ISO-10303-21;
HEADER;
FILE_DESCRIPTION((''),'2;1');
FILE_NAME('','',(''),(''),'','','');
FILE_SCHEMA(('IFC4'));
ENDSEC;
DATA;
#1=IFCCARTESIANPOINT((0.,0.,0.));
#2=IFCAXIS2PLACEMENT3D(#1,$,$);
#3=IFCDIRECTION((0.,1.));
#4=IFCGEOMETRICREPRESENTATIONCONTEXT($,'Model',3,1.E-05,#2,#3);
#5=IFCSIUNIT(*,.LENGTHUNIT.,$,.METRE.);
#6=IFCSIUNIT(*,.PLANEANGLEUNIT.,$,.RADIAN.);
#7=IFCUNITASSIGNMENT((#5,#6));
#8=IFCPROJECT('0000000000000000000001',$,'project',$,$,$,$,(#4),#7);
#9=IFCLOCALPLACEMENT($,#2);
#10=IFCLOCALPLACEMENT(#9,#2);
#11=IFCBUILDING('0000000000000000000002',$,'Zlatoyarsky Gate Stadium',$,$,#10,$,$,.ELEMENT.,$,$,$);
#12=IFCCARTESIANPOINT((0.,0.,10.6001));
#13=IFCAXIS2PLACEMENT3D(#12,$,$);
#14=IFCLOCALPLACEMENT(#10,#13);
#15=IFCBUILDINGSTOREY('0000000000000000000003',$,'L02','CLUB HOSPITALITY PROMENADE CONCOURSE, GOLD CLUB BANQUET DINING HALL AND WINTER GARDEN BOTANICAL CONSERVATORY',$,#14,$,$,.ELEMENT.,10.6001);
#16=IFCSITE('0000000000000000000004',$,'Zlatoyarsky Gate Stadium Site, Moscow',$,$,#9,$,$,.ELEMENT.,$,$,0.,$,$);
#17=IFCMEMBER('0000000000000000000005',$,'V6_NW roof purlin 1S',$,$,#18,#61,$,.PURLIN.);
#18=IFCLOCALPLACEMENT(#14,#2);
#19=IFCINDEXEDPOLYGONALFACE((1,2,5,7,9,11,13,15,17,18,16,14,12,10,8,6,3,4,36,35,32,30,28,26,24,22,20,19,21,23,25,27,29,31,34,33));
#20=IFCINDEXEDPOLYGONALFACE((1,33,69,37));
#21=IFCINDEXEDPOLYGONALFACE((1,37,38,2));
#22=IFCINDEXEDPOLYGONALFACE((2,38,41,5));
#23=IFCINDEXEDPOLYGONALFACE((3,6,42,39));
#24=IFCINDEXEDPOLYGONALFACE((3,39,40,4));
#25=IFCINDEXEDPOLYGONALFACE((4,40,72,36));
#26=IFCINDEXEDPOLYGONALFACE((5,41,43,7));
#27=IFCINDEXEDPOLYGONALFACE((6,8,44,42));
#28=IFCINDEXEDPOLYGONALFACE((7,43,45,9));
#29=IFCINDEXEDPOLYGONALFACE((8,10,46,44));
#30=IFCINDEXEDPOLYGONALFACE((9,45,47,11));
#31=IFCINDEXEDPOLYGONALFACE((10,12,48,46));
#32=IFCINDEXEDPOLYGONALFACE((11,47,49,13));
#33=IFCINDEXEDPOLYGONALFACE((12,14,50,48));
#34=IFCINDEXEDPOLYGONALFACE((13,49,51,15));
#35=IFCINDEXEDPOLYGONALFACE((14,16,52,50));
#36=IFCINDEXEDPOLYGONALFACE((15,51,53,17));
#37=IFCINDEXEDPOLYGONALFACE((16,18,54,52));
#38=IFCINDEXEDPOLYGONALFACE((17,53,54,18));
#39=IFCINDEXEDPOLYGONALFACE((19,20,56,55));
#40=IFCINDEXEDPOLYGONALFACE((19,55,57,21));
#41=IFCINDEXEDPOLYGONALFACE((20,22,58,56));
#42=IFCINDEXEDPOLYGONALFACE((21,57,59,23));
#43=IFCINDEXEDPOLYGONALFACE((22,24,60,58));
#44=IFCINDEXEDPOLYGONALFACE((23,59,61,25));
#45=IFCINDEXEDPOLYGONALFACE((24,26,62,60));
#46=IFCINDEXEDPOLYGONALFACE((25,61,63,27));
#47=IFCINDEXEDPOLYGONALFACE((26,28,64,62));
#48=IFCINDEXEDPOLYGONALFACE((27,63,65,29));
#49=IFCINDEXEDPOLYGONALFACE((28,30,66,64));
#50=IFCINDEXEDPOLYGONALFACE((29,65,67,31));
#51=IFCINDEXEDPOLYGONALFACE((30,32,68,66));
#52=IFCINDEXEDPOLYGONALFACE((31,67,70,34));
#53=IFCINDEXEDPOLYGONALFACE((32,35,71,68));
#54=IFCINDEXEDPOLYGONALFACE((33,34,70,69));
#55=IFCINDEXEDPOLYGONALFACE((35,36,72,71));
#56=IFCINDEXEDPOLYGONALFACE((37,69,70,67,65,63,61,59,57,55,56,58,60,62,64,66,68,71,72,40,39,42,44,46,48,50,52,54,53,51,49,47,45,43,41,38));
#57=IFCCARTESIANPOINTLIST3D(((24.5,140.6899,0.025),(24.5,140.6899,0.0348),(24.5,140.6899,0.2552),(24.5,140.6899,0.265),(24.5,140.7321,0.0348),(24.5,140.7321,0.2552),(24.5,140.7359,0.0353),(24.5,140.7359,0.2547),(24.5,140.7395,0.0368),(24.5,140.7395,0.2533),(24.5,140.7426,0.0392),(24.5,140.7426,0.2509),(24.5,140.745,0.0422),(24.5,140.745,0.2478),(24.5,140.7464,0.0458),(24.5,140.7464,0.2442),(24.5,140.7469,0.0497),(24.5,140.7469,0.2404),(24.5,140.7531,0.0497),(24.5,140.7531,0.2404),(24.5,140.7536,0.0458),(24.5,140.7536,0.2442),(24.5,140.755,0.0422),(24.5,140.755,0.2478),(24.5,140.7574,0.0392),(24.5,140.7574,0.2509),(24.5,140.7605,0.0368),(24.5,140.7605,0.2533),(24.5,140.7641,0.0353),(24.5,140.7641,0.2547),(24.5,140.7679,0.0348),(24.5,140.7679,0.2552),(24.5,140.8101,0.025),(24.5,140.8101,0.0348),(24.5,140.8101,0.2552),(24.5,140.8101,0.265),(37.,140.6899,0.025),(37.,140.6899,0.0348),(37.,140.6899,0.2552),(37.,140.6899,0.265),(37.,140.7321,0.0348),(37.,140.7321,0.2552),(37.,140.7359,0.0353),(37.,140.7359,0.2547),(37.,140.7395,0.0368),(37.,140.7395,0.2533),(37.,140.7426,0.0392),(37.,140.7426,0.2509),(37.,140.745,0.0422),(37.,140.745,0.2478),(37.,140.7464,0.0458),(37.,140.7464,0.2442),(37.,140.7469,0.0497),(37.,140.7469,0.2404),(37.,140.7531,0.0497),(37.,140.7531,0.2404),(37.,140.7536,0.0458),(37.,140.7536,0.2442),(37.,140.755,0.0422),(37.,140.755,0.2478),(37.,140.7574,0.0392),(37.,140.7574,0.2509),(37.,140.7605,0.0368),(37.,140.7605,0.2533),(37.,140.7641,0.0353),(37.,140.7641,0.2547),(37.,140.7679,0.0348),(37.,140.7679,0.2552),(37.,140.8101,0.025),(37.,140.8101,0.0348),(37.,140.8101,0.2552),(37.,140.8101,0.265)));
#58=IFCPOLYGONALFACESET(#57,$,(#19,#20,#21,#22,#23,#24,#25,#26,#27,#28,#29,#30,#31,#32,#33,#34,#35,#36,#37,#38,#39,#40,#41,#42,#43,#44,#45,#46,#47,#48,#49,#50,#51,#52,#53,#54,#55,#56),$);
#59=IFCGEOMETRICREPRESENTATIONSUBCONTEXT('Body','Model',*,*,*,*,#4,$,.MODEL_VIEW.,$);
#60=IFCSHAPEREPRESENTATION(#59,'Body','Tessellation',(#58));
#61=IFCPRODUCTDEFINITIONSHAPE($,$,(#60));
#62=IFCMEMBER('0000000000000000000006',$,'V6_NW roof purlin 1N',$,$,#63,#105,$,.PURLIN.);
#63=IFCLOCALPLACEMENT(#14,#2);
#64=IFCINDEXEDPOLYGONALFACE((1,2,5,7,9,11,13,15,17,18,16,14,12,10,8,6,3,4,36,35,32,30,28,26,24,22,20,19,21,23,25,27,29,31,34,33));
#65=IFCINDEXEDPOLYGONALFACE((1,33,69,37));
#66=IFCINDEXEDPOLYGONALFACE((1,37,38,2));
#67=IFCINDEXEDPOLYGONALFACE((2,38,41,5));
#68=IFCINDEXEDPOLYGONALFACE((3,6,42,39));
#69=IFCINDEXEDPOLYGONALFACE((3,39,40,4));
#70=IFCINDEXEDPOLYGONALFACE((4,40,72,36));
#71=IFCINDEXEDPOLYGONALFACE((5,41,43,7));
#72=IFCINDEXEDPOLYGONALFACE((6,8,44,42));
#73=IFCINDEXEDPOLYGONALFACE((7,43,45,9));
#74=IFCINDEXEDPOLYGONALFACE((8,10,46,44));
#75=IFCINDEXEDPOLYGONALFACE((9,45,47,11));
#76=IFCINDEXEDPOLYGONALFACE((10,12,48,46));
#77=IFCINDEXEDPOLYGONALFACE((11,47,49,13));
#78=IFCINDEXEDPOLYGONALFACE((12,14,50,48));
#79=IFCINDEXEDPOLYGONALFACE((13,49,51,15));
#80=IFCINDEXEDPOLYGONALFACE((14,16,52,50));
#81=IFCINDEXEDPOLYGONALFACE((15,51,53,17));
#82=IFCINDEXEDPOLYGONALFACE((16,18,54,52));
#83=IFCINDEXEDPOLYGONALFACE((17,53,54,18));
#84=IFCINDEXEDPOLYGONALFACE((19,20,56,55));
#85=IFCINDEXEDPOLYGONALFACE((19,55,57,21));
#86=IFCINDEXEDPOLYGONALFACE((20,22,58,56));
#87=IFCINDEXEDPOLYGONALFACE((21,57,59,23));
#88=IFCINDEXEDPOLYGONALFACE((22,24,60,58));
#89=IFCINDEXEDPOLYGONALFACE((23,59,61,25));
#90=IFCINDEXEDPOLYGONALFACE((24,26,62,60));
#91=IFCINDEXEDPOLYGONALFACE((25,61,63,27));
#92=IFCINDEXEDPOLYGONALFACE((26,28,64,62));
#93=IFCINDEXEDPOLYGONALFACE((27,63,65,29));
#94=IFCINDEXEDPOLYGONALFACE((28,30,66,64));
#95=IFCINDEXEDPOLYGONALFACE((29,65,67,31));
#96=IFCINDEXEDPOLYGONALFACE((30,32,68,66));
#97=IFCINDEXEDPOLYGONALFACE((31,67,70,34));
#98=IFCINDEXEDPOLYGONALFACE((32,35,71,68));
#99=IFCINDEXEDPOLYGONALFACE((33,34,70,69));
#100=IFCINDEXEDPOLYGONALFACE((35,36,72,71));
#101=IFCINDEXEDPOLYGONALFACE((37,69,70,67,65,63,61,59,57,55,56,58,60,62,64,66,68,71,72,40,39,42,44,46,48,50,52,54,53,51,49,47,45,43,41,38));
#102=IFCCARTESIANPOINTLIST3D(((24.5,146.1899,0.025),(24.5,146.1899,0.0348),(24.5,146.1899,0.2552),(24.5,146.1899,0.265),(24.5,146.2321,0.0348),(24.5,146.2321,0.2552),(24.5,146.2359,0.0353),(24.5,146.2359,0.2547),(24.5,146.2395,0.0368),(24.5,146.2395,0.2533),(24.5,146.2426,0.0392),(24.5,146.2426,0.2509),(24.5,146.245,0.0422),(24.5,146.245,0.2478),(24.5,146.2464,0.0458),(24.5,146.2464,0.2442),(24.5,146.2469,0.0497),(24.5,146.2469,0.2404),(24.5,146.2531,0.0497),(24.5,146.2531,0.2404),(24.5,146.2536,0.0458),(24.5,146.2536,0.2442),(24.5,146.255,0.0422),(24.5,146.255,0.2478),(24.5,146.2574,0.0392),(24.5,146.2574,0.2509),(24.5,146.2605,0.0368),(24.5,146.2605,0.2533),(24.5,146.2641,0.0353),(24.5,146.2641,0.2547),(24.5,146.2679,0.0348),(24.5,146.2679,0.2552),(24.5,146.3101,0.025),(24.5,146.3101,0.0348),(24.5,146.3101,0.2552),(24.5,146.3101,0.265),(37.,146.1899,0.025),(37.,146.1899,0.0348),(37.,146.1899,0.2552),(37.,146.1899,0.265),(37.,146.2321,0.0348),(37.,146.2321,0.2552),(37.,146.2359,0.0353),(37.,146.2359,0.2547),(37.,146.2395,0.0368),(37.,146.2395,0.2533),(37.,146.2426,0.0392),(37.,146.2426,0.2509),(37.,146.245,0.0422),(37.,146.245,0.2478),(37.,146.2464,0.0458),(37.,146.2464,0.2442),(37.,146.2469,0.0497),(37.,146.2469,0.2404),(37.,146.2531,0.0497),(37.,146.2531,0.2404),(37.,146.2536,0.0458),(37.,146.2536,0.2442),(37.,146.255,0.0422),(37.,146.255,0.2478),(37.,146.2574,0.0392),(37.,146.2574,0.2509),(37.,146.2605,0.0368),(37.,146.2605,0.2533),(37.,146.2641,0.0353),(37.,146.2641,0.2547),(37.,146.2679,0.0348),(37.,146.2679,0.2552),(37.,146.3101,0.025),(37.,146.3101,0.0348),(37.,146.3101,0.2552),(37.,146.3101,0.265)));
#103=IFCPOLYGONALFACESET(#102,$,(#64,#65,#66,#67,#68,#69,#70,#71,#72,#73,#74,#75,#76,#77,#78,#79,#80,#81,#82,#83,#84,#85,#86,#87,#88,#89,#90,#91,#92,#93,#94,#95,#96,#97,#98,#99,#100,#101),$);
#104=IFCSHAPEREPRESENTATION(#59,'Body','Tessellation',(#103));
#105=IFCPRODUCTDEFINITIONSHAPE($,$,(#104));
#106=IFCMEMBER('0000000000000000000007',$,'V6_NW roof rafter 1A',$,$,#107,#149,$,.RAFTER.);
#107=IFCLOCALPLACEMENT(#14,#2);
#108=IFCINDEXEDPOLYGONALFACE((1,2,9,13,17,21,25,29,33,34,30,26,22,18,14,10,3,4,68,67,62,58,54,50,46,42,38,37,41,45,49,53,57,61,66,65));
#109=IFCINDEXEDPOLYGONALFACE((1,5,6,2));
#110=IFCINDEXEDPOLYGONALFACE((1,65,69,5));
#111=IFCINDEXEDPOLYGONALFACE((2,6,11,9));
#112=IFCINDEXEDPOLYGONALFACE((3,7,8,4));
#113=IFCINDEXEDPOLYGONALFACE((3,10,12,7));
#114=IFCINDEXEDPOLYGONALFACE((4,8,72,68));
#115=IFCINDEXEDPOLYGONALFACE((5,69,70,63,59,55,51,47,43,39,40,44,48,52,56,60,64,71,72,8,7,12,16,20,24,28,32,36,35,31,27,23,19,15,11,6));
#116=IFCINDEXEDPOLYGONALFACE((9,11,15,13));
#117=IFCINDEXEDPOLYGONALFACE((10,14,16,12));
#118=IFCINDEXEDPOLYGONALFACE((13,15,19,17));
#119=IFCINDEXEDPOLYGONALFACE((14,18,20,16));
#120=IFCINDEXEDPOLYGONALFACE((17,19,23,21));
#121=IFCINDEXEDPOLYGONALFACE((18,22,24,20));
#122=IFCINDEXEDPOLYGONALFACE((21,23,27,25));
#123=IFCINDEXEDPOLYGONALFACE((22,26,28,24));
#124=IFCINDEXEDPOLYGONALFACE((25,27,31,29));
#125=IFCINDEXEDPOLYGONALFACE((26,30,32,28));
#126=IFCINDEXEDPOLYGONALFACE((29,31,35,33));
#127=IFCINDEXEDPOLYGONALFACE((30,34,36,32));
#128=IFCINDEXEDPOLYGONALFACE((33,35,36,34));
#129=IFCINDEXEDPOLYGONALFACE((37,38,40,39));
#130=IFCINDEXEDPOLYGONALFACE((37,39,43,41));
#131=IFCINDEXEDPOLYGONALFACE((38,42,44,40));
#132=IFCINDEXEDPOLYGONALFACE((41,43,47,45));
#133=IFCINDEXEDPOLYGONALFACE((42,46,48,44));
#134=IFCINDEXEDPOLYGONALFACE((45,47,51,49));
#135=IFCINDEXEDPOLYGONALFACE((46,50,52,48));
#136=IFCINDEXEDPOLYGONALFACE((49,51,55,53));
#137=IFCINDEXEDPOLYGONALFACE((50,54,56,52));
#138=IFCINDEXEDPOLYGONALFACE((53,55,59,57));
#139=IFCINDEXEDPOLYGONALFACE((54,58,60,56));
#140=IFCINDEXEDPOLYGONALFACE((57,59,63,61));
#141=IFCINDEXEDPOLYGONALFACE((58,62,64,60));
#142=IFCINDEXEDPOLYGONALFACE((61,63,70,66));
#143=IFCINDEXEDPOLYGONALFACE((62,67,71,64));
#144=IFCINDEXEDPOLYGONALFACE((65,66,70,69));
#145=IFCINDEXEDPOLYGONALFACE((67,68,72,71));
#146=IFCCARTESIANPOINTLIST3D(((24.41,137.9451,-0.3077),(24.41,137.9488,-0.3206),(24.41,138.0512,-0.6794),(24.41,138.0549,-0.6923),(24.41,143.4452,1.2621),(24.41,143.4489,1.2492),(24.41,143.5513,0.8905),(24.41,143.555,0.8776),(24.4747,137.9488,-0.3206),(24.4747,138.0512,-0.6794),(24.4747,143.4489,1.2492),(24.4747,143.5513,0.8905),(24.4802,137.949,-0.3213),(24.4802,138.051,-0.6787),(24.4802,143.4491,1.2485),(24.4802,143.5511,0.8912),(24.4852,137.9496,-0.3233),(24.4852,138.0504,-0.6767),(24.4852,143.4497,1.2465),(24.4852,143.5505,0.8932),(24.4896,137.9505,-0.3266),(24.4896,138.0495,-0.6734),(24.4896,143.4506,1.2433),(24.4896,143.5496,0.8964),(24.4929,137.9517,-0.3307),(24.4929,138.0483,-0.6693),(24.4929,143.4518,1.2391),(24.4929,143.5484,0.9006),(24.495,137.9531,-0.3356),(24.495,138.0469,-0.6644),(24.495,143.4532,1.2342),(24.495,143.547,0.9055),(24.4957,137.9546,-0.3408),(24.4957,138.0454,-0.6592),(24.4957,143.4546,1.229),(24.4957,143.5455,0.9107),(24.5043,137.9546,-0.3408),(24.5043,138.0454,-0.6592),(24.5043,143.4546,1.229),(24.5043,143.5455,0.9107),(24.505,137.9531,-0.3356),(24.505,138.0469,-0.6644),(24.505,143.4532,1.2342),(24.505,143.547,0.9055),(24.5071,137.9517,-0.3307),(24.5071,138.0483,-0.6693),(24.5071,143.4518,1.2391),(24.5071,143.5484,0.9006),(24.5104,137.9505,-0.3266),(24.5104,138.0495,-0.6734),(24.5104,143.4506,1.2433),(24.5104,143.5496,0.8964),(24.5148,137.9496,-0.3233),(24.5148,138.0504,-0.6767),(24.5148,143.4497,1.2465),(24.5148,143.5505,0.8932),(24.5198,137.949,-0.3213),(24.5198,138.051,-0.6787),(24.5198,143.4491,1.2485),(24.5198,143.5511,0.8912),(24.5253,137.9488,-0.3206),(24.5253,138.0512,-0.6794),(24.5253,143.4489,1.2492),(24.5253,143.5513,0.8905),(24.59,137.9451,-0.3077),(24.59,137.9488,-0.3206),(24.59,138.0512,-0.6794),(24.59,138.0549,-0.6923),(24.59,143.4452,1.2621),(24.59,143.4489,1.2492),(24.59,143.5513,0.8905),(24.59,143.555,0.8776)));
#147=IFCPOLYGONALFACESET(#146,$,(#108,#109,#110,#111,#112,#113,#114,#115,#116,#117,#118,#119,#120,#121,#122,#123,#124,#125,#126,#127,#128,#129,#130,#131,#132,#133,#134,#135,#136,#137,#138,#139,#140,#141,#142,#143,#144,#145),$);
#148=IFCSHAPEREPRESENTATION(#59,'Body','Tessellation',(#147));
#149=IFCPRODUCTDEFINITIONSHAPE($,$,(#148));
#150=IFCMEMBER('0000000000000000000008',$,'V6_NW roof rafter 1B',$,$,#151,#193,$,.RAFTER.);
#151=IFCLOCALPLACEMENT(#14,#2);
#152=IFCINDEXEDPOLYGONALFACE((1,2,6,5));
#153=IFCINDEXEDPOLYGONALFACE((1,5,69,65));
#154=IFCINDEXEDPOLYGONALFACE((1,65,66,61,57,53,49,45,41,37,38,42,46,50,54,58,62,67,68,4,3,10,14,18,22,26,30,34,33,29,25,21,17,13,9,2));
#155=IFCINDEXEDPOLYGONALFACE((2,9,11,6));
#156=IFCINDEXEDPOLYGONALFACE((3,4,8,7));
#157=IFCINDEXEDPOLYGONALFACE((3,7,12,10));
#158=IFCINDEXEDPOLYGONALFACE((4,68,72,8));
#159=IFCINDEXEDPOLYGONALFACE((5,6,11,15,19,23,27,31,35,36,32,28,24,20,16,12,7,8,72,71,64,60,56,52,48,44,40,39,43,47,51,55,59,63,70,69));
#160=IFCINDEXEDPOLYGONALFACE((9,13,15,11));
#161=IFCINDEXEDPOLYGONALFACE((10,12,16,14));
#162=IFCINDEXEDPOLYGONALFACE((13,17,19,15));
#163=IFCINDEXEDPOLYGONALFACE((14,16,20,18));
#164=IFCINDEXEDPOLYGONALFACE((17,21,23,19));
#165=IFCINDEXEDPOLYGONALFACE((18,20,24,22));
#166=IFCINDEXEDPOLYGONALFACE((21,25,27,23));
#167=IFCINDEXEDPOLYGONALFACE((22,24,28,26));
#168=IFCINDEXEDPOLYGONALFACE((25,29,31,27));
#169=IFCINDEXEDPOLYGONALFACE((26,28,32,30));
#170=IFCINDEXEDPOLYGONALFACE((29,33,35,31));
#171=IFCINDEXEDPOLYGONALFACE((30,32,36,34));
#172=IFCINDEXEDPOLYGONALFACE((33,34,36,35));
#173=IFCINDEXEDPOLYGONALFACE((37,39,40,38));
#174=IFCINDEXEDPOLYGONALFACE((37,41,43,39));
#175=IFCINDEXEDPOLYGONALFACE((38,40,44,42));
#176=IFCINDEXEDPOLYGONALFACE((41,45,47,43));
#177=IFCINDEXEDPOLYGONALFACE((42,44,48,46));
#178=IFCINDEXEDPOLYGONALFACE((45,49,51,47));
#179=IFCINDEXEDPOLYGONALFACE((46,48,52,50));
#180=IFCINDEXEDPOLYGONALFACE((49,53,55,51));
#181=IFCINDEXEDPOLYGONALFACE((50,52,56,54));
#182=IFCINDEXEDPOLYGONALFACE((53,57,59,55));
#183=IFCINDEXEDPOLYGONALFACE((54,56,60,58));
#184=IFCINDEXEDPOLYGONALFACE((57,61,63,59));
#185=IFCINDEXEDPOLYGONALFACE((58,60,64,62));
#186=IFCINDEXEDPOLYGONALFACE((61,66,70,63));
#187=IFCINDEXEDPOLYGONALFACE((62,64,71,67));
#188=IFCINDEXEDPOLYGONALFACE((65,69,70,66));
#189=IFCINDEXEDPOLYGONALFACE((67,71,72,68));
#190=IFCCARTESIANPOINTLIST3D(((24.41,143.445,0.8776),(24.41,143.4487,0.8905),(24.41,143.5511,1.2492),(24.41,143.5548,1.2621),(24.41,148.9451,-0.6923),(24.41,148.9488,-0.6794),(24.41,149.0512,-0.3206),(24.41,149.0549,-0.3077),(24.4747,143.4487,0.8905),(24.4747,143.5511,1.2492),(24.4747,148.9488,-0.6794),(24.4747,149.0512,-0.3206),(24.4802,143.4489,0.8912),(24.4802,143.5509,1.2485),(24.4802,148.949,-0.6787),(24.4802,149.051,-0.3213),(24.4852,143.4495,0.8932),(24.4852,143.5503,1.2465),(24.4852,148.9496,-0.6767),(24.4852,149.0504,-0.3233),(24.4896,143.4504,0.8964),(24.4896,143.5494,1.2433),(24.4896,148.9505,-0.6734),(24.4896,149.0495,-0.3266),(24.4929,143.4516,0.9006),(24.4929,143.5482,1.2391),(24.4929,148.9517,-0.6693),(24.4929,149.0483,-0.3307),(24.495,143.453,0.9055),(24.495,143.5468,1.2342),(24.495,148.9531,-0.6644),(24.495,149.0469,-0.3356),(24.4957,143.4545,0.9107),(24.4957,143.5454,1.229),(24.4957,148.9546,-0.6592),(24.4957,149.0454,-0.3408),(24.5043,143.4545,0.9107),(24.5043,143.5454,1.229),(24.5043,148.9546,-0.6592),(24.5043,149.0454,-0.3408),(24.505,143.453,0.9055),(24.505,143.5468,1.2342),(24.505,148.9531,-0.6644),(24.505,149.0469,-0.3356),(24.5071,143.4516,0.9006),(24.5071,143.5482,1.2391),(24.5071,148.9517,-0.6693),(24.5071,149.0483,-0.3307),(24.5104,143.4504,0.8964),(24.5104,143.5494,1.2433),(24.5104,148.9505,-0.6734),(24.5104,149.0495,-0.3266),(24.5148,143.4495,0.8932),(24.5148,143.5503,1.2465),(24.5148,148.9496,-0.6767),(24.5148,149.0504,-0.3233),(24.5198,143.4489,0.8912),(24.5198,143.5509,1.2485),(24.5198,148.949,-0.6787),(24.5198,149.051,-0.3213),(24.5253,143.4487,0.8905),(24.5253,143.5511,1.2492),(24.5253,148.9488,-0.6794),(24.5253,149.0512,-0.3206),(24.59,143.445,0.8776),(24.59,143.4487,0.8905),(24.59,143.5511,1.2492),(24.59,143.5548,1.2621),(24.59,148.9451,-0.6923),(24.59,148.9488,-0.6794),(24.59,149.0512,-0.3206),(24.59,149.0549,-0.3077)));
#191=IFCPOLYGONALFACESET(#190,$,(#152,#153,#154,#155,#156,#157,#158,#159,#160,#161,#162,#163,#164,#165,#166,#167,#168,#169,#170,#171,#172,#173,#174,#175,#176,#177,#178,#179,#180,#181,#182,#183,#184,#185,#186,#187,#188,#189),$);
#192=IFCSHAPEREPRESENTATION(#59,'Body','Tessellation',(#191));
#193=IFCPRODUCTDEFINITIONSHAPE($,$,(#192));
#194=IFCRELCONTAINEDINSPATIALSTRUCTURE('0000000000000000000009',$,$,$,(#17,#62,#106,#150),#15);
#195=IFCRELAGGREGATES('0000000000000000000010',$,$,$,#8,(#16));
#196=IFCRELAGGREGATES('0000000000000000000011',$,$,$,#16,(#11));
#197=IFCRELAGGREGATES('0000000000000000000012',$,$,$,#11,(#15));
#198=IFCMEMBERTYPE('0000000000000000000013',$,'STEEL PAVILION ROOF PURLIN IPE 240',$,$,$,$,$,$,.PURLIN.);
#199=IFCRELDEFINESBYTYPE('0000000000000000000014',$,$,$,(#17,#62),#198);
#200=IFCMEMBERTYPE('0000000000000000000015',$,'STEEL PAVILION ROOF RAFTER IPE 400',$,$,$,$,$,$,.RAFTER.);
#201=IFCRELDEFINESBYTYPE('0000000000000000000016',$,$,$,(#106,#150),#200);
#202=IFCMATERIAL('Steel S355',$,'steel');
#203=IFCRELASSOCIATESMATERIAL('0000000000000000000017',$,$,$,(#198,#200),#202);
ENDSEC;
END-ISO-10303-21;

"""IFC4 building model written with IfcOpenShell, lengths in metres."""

from ifc_helpers import new_model, si_unit, direction, frame, origin, origin_2d, place, context, subcontext, project, spatial, i_section, extrude, material, material_profile, profile_set, type_object, element, save


model = new_model("IFC4")

# Units and contexts
model_context = context("Model", 3, precision=1e-05, world=origin(), true_north=direction((0.0, 1.0)))
body_context = subcontext(model_context, "Body", "Model", "MODEL_VIEW")
ifc_project = project(units=[si_unit("LENGTHUNIT", "METRE"), si_unit("PLANEANGLEUNIT", "RADIAN")], contexts=[model_context])

# Site, building, storey
site_placement = place(None, origin())
site = spatial("IfcSite", under=ifc_project, at=site_placement, Name="Zlatoyarsky Gate Stadium Site, Moscow", CompositionType="ELEMENT", RefElevation=0.0)
building_placement = place(site_placement, origin())
building = spatial("IfcBuilding", under=site, at=building_placement, Name="Zlatoyarsky Gate Stadium", CompositionType="ELEMENT")
storey_placement = place(building_placement, frame((0.0, 0.0, 10.6001)))
storey = spatial("IfcBuildingStorey", under=building, at=storey_placement, Name="L02", Description="CLUB HOSPITALITY PROMENADE CONCOURSE, GOLD CLUB BANQUET DINING HALL AND WINTER GARDEN BOTANICAL CONSERVATORY", CompositionType="ELEMENT", Elevation=10.6001)

# Shared definitions
ifc_material_1 = material(Name="Steel S355", Category="steel")

# Members
ifc_material_profile_1 = material_profile(ifc_material_1, i_section(OverallWidth=0.1201, OverallDepth=0.24, WebThickness=0.0061, FlangeThickness=0.0098, FilletRadius=0.0149, at=origin_2d()), Name="IPE 240")
ifc_profile_set_1 = profile_set([ifc_material_profile_1], Name="Steel S355")
member_type_1 = type_object("IfcMemberType", Name="STEEL PAVILION ROOF PURLIN IPE 240", PredefinedType="PURLIN", material=ifc_profile_set_1)
for number, where, z_axis, x_axis, name in (
    (1, (24.5, 140.75, 0.145), (1.0, 0.0, 0.0), (0.0, 1.0, 0.0), "V6_NW roof purlin 1S"),
    (2, (24.5, 146.25, 0.145), (1.0, 0.0, 0.0), (0.0, 1.0, 0.0), "V6_NW roof purlin 1N"),
):
    element("IfcMember", number, at=place(storey_placement, frame(where, z_axis=z_axis, x_axis=x_axis)), inside=storey, type_object=member_type_1, Name=name, PredefinedType="PURLIN", context=body_context, shape_type="SweptSolid", body=[
        extrude(i_section(OverallWidth=0.1201, OverallDepth=0.24, WebThickness=0.0061, FlangeThickness=0.0098, FilletRadius=0.0149, at=origin_2d()), origin(), (0.0, 0.0, 1.0), 12.5),
    ])
ifc_material_profile_2 = material_profile(ifc_material_1, i_section(OverallWidth=0.1799, OverallDepth=0.3999, WebThickness=0.0085, FlangeThickness=0.0134, FilletRadius=0.021, at=origin_2d()), Name="IPE 400")
ifc_profile_set_2 = profile_set([ifc_material_profile_2], Name="Steel S355")
member_type_2 = type_object("IfcMemberType", Name="STEEL PAVILION ROOF RAFTER IPE 400", PredefinedType="RAFTER", material=ifc_profile_set_2)
for number, where, z_axis, x_axis, name in (
    (3, (24.5, 138.0, -0.5), (0.0, 0.961598, 0.274462), (-1.0, 0.0, 0.0), "V6_NW roof rafter 1A"),
    (4, (24.5, 149.0, -0.5), (0.0, -0.961598, 0.274462), (1.0, 0.0, 0.0), "V6_NW roof rafter 1B"),
):
    element("IfcMember", number, at=place(storey_placement, frame(where, z_axis=z_axis, x_axis=x_axis)), inside=storey, type_object=member_type_2, Name=name, PredefinedType="RAFTER", context=body_context, shape_type="SweptSolid", body=[
        extrude(i_section(OverallWidth=0.1799, OverallDepth=0.3999, WebThickness=0.0085, FlangeThickness=0.0134, FilletRadius=0.021, at=origin_2d()), origin(), (0.0, 0.0, 1.0), 5.7197),
    ])

save(model, "model.ifc")
